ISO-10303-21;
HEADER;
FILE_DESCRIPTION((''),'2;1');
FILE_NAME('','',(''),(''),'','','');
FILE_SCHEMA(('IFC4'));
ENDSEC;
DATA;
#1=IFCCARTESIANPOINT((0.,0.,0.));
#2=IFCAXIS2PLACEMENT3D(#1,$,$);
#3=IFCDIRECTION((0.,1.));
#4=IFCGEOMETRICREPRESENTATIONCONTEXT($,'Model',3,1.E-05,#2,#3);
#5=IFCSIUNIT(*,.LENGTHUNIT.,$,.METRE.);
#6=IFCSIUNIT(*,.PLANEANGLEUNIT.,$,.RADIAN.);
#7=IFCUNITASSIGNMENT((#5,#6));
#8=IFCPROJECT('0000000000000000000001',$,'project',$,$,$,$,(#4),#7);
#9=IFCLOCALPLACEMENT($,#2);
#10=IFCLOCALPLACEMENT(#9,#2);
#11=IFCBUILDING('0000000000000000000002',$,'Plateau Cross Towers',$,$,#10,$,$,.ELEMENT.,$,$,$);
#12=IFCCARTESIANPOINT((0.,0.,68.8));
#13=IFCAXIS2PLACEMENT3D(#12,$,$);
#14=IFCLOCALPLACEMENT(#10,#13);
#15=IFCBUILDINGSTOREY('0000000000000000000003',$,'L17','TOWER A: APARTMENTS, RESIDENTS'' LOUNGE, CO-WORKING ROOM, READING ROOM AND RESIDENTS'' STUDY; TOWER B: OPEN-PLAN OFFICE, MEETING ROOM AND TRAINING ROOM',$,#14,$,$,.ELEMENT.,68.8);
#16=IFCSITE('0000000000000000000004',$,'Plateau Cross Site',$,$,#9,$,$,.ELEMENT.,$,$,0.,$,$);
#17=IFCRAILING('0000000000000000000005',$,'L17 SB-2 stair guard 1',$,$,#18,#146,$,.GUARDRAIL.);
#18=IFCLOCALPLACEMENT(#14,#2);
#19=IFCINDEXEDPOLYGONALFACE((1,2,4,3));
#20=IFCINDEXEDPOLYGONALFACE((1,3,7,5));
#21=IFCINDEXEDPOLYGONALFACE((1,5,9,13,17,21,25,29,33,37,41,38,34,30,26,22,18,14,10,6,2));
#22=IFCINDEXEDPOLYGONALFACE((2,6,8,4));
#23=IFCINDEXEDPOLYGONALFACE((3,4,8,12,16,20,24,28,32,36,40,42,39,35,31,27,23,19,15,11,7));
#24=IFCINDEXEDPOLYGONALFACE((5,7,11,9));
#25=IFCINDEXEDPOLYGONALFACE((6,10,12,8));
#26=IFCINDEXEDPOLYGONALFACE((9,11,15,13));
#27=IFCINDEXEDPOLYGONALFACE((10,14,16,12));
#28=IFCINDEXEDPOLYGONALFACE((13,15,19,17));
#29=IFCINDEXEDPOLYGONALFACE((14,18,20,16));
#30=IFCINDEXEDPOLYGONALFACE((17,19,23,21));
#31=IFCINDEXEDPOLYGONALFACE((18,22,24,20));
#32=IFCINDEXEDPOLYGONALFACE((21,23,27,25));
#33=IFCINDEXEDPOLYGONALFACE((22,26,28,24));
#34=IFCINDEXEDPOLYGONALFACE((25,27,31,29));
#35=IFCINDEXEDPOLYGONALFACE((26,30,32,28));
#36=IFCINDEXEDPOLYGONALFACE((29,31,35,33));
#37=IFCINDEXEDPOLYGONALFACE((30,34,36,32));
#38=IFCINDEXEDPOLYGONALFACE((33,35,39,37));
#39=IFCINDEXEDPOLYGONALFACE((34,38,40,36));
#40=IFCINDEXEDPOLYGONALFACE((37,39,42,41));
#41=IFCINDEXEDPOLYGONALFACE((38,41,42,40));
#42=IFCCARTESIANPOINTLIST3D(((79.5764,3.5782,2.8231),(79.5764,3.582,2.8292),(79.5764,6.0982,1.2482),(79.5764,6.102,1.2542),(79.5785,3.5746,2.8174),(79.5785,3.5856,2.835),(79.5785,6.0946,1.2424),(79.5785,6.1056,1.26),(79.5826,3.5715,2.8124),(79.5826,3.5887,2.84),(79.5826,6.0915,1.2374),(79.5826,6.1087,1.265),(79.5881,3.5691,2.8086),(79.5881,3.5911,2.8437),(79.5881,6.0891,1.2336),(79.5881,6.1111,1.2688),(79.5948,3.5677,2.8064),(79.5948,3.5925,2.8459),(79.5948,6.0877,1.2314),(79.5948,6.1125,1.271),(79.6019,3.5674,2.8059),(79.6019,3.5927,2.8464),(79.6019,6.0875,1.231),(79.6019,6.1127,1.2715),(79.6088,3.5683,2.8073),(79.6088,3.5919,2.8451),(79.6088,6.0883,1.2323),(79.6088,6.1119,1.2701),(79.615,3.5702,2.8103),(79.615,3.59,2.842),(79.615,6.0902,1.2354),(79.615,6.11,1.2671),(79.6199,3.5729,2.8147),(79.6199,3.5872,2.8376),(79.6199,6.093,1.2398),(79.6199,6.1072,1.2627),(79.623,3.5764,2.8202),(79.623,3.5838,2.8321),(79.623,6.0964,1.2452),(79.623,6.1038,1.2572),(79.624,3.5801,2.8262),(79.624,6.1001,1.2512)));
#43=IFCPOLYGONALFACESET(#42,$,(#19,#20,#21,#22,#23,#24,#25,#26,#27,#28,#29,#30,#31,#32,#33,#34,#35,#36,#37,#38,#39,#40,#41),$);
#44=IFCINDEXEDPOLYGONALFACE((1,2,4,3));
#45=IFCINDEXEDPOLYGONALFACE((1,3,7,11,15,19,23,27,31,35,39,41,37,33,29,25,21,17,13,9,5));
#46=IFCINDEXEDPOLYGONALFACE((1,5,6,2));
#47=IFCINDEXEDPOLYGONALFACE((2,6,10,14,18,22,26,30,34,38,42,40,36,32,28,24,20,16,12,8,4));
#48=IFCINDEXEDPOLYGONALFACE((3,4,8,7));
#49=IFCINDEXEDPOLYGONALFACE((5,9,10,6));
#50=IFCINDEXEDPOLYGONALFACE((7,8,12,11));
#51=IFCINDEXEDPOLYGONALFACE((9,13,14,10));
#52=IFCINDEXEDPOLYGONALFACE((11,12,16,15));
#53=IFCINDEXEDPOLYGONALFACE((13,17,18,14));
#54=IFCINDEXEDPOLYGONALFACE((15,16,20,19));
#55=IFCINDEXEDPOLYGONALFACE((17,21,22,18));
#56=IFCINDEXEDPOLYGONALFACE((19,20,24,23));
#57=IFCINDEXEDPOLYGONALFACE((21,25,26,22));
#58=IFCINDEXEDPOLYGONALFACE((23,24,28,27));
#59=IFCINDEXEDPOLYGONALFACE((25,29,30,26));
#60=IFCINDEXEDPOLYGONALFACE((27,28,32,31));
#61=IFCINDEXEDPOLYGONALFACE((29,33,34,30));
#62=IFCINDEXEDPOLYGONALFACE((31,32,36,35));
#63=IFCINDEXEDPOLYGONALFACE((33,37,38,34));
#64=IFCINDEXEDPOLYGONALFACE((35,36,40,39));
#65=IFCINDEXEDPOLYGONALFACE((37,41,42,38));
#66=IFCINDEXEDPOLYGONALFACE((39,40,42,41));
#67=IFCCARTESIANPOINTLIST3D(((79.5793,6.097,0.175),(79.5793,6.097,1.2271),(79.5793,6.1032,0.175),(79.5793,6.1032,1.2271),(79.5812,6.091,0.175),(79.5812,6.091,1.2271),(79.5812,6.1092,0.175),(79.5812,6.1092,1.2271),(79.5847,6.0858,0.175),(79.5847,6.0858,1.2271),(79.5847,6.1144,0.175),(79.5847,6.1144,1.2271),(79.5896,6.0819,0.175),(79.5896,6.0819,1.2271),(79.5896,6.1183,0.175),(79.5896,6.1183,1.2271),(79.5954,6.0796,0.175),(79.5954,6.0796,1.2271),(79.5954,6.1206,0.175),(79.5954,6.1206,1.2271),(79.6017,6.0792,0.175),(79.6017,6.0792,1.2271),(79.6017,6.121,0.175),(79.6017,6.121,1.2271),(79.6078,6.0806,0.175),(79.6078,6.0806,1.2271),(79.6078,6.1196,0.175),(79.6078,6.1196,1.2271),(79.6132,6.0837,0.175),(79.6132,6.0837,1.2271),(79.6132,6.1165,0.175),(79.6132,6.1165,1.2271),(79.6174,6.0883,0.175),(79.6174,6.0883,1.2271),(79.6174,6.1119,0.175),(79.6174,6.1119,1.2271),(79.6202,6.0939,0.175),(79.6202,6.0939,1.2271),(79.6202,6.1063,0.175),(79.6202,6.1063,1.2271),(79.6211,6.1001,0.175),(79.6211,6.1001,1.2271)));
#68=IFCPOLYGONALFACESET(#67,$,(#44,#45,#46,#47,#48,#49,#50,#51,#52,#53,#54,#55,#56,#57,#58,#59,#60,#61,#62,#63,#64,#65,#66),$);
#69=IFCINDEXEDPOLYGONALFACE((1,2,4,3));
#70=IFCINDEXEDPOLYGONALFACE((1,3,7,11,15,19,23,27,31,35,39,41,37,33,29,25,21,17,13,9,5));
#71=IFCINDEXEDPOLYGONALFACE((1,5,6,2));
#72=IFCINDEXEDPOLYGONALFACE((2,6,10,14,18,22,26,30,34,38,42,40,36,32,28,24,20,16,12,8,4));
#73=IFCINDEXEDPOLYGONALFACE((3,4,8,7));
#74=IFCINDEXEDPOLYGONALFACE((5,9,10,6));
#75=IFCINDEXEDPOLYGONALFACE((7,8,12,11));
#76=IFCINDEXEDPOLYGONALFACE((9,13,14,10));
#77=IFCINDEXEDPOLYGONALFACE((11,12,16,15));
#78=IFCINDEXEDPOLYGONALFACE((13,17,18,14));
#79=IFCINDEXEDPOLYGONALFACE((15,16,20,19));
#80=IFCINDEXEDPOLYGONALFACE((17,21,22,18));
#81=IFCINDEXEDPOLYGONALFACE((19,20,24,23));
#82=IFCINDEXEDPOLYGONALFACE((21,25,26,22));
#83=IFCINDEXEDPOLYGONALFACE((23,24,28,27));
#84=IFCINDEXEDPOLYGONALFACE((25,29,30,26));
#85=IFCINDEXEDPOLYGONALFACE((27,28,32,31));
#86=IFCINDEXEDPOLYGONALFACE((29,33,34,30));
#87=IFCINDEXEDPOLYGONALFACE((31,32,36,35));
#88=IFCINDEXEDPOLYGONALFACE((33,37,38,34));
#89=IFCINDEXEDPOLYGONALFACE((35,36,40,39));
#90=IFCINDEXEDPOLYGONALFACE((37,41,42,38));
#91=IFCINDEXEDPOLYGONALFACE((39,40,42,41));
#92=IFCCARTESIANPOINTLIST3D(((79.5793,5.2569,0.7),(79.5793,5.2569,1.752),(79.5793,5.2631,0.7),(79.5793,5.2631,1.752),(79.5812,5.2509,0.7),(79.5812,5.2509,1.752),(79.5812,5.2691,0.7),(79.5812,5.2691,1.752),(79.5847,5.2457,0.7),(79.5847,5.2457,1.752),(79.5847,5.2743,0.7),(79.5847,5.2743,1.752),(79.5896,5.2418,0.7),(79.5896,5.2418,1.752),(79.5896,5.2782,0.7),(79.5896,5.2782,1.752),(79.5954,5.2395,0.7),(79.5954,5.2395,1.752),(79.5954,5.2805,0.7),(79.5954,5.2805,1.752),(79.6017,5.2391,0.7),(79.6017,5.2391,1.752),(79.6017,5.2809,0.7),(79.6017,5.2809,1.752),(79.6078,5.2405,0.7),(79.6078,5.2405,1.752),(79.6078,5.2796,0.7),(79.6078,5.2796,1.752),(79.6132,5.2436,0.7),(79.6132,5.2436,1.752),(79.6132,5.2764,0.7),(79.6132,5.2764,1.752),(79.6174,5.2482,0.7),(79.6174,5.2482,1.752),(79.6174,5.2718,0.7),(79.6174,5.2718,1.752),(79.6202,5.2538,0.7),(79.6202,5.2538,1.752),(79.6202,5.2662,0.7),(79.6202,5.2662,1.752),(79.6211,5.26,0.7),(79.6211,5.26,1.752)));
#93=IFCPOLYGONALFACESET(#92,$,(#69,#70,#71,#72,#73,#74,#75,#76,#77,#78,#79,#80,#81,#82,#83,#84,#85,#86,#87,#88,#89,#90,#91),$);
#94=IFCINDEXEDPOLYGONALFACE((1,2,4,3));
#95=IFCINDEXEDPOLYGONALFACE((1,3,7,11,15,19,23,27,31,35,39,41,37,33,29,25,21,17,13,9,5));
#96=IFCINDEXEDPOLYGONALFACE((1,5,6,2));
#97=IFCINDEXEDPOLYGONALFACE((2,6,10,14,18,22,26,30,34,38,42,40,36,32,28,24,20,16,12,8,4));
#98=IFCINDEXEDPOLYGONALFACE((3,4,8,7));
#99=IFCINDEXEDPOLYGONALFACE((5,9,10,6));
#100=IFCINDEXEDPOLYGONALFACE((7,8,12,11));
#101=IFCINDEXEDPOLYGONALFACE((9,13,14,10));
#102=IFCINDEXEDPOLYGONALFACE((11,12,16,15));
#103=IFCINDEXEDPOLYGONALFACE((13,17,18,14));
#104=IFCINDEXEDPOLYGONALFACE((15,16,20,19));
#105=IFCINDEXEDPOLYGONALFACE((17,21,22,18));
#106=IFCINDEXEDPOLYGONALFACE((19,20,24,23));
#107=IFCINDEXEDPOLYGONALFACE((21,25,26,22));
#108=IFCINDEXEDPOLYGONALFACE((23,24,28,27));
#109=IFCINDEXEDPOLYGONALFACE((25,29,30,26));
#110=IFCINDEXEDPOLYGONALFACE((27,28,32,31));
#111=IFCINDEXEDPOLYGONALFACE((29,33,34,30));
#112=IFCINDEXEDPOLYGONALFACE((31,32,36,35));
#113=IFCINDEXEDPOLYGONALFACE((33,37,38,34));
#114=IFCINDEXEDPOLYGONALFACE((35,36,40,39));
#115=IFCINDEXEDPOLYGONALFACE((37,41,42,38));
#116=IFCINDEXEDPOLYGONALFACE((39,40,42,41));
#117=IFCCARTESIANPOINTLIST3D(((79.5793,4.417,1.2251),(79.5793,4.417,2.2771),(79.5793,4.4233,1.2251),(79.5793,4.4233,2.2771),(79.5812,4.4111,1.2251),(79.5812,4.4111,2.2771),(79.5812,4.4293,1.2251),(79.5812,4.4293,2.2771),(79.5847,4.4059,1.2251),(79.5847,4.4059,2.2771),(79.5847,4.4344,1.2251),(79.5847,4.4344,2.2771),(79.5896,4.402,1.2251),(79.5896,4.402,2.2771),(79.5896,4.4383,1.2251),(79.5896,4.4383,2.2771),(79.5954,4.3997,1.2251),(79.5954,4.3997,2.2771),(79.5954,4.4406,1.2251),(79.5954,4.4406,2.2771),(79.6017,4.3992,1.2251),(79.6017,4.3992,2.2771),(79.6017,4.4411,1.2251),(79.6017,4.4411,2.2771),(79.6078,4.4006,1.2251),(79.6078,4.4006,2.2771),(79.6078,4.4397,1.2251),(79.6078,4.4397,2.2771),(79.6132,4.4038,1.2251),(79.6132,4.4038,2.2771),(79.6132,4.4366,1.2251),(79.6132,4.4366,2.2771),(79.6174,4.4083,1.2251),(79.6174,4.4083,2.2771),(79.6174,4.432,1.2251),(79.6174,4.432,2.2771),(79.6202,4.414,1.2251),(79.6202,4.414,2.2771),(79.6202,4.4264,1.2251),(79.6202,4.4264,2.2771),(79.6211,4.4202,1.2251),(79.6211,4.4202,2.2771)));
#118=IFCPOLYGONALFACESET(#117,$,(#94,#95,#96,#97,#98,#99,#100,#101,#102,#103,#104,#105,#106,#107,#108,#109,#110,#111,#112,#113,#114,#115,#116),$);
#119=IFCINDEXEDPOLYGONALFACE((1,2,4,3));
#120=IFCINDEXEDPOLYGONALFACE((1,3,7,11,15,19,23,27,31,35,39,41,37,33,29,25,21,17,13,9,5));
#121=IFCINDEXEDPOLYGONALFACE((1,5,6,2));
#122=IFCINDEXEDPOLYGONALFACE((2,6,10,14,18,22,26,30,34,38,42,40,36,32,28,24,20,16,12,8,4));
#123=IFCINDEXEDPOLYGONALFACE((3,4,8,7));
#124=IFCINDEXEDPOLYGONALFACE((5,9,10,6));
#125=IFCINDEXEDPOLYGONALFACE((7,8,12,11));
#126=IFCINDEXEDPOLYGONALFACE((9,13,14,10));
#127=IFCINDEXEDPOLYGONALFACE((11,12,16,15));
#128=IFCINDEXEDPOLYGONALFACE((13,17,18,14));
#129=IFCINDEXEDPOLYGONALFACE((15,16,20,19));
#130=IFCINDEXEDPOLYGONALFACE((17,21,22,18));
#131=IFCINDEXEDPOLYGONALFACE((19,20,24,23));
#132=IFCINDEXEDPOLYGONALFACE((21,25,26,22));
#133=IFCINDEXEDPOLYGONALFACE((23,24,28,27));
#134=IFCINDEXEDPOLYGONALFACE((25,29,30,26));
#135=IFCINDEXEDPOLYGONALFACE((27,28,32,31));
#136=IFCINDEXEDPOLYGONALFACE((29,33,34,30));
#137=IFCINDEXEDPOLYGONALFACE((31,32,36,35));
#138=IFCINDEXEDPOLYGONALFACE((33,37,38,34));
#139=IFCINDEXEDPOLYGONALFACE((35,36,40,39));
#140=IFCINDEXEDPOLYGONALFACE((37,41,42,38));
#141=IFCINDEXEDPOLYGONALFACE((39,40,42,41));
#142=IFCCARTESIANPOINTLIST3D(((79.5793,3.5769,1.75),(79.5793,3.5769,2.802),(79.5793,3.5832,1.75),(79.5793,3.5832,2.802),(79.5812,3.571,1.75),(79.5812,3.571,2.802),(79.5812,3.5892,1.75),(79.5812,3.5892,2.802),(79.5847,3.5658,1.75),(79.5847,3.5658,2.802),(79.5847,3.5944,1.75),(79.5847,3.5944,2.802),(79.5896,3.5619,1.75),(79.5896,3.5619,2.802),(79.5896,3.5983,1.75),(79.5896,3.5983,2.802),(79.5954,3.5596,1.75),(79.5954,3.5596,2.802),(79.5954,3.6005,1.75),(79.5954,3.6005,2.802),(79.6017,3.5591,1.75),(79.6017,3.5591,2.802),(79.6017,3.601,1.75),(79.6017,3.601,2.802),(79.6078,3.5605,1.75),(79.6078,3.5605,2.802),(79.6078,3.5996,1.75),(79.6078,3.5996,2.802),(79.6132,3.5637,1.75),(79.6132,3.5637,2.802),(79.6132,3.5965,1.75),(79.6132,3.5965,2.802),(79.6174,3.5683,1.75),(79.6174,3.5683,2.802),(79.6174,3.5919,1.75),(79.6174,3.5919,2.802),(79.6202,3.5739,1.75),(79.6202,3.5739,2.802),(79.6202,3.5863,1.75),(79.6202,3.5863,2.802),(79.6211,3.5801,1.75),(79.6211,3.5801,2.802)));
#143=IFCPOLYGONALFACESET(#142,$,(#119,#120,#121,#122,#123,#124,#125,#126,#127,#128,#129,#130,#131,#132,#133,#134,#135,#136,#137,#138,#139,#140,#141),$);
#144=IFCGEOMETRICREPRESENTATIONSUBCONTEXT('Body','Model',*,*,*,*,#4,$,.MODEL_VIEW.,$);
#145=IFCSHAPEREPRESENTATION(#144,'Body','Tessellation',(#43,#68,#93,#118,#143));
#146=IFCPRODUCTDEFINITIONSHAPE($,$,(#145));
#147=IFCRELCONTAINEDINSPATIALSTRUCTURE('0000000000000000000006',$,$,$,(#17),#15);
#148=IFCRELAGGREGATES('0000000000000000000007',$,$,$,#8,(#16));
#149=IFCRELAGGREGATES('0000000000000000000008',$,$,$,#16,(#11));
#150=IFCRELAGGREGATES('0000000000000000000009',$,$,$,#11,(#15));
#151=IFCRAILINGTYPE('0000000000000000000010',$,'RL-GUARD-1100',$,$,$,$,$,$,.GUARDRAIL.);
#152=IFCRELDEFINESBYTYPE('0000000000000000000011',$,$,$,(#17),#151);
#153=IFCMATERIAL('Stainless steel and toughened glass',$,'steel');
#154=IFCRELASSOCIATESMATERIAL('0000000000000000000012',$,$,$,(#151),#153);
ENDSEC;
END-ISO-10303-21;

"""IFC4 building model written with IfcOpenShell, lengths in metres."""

from ifc_helpers import new_model, si_unit, direction, frame, origin, origin_2d, place, context, subcontext, project, spatial, circle, extrude, material, type_object, element, save


model = new_model("IFC4")

# Units and contexts
model_context = context("Model", 3, precision=1e-05, world=origin(), true_north=direction((0.0, 1.0)))
body_context = subcontext(model_context, "Body", "Model", "MODEL_VIEW")
ifc_project = project(units=[si_unit("LENGTHUNIT", "METRE"), si_unit("PLANEANGLEUNIT", "RADIAN")], contexts=[model_context])

# Site, building, storey
site_placement = place(None, origin())
site = spatial("IfcSite", under=ifc_project, at=site_placement, Name="Plateau Cross Site", CompositionType="ELEMENT", RefElevation=0.0)
building_placement = place(site_placement, origin())
building = spatial("IfcBuilding", under=site, at=building_placement, Name="Plateau Cross Towers", CompositionType="ELEMENT")
storey_placement = place(building_placement, frame((0.0, 0.0, 68.8)))
storey = spatial("IfcBuildingStorey", under=building, at=storey_placement, Name="L17", Description="TOWER A: APARTMENTS, RESIDENTS' LOUNGE, CO-WORKING ROOM, READING ROOM AND RESIDENTS' STUDY; TOWER B: OPEN-PLAN OFFICE, MEETING ROOM AND TRAINING ROOM", CompositionType="ELEMENT", Elevation=68.8)

# Railing
ifc_material_1 = material(Name="Stainless steel and toughened glass", Category="steel")
railing_type_1 = type_object("IfcRailingType", Name="RL-GUARD-1100", PredefinedType="GUARDRAIL", material=ifc_material_1)
railing_1_placement = place(storey_placement, frame((79.6001, 6.1001, 0.175)))
element("IfcRailing", 1, at=railing_1_placement, inside=storey, type_object=railing_type_1, Name="L17 SB-2 stair guard 1", PredefinedType="GUARDRAIL", context=body_context, shape_type="SweptSolid", body=[
    extrude(circle(Radius=0.0239, at=origin_2d()), frame((0.0, 0.0, 1.0762), z_axis=(0.0, -0.848008, 0.529984), x_axis=(1.0, 0.0, 0.0)), (0.0, 0.0, 1.0), 2.9717),
    extrude(circle(Radius=0.021, at=origin_2d()), origin(), (0.0, 0.0, 1.0), 1.052),
    extrude(circle(Radius=0.021, at=origin_2d()), frame((0.0, -0.8401, 0.5249)), (0.0, 0.0, 1.0), 1.052),
    extrude(circle(Radius=0.021, at=origin_2d()), frame((0.0, -1.6799, 1.05)), (0.0, 0.0, 1.0), 1.052),
    extrude(circle(Radius=0.021, at=origin_2d()), frame((0.0, -2.52, 1.575)), (0.0, 0.0, 1.0), 1.052),
])

save(model, "model.ifc")
